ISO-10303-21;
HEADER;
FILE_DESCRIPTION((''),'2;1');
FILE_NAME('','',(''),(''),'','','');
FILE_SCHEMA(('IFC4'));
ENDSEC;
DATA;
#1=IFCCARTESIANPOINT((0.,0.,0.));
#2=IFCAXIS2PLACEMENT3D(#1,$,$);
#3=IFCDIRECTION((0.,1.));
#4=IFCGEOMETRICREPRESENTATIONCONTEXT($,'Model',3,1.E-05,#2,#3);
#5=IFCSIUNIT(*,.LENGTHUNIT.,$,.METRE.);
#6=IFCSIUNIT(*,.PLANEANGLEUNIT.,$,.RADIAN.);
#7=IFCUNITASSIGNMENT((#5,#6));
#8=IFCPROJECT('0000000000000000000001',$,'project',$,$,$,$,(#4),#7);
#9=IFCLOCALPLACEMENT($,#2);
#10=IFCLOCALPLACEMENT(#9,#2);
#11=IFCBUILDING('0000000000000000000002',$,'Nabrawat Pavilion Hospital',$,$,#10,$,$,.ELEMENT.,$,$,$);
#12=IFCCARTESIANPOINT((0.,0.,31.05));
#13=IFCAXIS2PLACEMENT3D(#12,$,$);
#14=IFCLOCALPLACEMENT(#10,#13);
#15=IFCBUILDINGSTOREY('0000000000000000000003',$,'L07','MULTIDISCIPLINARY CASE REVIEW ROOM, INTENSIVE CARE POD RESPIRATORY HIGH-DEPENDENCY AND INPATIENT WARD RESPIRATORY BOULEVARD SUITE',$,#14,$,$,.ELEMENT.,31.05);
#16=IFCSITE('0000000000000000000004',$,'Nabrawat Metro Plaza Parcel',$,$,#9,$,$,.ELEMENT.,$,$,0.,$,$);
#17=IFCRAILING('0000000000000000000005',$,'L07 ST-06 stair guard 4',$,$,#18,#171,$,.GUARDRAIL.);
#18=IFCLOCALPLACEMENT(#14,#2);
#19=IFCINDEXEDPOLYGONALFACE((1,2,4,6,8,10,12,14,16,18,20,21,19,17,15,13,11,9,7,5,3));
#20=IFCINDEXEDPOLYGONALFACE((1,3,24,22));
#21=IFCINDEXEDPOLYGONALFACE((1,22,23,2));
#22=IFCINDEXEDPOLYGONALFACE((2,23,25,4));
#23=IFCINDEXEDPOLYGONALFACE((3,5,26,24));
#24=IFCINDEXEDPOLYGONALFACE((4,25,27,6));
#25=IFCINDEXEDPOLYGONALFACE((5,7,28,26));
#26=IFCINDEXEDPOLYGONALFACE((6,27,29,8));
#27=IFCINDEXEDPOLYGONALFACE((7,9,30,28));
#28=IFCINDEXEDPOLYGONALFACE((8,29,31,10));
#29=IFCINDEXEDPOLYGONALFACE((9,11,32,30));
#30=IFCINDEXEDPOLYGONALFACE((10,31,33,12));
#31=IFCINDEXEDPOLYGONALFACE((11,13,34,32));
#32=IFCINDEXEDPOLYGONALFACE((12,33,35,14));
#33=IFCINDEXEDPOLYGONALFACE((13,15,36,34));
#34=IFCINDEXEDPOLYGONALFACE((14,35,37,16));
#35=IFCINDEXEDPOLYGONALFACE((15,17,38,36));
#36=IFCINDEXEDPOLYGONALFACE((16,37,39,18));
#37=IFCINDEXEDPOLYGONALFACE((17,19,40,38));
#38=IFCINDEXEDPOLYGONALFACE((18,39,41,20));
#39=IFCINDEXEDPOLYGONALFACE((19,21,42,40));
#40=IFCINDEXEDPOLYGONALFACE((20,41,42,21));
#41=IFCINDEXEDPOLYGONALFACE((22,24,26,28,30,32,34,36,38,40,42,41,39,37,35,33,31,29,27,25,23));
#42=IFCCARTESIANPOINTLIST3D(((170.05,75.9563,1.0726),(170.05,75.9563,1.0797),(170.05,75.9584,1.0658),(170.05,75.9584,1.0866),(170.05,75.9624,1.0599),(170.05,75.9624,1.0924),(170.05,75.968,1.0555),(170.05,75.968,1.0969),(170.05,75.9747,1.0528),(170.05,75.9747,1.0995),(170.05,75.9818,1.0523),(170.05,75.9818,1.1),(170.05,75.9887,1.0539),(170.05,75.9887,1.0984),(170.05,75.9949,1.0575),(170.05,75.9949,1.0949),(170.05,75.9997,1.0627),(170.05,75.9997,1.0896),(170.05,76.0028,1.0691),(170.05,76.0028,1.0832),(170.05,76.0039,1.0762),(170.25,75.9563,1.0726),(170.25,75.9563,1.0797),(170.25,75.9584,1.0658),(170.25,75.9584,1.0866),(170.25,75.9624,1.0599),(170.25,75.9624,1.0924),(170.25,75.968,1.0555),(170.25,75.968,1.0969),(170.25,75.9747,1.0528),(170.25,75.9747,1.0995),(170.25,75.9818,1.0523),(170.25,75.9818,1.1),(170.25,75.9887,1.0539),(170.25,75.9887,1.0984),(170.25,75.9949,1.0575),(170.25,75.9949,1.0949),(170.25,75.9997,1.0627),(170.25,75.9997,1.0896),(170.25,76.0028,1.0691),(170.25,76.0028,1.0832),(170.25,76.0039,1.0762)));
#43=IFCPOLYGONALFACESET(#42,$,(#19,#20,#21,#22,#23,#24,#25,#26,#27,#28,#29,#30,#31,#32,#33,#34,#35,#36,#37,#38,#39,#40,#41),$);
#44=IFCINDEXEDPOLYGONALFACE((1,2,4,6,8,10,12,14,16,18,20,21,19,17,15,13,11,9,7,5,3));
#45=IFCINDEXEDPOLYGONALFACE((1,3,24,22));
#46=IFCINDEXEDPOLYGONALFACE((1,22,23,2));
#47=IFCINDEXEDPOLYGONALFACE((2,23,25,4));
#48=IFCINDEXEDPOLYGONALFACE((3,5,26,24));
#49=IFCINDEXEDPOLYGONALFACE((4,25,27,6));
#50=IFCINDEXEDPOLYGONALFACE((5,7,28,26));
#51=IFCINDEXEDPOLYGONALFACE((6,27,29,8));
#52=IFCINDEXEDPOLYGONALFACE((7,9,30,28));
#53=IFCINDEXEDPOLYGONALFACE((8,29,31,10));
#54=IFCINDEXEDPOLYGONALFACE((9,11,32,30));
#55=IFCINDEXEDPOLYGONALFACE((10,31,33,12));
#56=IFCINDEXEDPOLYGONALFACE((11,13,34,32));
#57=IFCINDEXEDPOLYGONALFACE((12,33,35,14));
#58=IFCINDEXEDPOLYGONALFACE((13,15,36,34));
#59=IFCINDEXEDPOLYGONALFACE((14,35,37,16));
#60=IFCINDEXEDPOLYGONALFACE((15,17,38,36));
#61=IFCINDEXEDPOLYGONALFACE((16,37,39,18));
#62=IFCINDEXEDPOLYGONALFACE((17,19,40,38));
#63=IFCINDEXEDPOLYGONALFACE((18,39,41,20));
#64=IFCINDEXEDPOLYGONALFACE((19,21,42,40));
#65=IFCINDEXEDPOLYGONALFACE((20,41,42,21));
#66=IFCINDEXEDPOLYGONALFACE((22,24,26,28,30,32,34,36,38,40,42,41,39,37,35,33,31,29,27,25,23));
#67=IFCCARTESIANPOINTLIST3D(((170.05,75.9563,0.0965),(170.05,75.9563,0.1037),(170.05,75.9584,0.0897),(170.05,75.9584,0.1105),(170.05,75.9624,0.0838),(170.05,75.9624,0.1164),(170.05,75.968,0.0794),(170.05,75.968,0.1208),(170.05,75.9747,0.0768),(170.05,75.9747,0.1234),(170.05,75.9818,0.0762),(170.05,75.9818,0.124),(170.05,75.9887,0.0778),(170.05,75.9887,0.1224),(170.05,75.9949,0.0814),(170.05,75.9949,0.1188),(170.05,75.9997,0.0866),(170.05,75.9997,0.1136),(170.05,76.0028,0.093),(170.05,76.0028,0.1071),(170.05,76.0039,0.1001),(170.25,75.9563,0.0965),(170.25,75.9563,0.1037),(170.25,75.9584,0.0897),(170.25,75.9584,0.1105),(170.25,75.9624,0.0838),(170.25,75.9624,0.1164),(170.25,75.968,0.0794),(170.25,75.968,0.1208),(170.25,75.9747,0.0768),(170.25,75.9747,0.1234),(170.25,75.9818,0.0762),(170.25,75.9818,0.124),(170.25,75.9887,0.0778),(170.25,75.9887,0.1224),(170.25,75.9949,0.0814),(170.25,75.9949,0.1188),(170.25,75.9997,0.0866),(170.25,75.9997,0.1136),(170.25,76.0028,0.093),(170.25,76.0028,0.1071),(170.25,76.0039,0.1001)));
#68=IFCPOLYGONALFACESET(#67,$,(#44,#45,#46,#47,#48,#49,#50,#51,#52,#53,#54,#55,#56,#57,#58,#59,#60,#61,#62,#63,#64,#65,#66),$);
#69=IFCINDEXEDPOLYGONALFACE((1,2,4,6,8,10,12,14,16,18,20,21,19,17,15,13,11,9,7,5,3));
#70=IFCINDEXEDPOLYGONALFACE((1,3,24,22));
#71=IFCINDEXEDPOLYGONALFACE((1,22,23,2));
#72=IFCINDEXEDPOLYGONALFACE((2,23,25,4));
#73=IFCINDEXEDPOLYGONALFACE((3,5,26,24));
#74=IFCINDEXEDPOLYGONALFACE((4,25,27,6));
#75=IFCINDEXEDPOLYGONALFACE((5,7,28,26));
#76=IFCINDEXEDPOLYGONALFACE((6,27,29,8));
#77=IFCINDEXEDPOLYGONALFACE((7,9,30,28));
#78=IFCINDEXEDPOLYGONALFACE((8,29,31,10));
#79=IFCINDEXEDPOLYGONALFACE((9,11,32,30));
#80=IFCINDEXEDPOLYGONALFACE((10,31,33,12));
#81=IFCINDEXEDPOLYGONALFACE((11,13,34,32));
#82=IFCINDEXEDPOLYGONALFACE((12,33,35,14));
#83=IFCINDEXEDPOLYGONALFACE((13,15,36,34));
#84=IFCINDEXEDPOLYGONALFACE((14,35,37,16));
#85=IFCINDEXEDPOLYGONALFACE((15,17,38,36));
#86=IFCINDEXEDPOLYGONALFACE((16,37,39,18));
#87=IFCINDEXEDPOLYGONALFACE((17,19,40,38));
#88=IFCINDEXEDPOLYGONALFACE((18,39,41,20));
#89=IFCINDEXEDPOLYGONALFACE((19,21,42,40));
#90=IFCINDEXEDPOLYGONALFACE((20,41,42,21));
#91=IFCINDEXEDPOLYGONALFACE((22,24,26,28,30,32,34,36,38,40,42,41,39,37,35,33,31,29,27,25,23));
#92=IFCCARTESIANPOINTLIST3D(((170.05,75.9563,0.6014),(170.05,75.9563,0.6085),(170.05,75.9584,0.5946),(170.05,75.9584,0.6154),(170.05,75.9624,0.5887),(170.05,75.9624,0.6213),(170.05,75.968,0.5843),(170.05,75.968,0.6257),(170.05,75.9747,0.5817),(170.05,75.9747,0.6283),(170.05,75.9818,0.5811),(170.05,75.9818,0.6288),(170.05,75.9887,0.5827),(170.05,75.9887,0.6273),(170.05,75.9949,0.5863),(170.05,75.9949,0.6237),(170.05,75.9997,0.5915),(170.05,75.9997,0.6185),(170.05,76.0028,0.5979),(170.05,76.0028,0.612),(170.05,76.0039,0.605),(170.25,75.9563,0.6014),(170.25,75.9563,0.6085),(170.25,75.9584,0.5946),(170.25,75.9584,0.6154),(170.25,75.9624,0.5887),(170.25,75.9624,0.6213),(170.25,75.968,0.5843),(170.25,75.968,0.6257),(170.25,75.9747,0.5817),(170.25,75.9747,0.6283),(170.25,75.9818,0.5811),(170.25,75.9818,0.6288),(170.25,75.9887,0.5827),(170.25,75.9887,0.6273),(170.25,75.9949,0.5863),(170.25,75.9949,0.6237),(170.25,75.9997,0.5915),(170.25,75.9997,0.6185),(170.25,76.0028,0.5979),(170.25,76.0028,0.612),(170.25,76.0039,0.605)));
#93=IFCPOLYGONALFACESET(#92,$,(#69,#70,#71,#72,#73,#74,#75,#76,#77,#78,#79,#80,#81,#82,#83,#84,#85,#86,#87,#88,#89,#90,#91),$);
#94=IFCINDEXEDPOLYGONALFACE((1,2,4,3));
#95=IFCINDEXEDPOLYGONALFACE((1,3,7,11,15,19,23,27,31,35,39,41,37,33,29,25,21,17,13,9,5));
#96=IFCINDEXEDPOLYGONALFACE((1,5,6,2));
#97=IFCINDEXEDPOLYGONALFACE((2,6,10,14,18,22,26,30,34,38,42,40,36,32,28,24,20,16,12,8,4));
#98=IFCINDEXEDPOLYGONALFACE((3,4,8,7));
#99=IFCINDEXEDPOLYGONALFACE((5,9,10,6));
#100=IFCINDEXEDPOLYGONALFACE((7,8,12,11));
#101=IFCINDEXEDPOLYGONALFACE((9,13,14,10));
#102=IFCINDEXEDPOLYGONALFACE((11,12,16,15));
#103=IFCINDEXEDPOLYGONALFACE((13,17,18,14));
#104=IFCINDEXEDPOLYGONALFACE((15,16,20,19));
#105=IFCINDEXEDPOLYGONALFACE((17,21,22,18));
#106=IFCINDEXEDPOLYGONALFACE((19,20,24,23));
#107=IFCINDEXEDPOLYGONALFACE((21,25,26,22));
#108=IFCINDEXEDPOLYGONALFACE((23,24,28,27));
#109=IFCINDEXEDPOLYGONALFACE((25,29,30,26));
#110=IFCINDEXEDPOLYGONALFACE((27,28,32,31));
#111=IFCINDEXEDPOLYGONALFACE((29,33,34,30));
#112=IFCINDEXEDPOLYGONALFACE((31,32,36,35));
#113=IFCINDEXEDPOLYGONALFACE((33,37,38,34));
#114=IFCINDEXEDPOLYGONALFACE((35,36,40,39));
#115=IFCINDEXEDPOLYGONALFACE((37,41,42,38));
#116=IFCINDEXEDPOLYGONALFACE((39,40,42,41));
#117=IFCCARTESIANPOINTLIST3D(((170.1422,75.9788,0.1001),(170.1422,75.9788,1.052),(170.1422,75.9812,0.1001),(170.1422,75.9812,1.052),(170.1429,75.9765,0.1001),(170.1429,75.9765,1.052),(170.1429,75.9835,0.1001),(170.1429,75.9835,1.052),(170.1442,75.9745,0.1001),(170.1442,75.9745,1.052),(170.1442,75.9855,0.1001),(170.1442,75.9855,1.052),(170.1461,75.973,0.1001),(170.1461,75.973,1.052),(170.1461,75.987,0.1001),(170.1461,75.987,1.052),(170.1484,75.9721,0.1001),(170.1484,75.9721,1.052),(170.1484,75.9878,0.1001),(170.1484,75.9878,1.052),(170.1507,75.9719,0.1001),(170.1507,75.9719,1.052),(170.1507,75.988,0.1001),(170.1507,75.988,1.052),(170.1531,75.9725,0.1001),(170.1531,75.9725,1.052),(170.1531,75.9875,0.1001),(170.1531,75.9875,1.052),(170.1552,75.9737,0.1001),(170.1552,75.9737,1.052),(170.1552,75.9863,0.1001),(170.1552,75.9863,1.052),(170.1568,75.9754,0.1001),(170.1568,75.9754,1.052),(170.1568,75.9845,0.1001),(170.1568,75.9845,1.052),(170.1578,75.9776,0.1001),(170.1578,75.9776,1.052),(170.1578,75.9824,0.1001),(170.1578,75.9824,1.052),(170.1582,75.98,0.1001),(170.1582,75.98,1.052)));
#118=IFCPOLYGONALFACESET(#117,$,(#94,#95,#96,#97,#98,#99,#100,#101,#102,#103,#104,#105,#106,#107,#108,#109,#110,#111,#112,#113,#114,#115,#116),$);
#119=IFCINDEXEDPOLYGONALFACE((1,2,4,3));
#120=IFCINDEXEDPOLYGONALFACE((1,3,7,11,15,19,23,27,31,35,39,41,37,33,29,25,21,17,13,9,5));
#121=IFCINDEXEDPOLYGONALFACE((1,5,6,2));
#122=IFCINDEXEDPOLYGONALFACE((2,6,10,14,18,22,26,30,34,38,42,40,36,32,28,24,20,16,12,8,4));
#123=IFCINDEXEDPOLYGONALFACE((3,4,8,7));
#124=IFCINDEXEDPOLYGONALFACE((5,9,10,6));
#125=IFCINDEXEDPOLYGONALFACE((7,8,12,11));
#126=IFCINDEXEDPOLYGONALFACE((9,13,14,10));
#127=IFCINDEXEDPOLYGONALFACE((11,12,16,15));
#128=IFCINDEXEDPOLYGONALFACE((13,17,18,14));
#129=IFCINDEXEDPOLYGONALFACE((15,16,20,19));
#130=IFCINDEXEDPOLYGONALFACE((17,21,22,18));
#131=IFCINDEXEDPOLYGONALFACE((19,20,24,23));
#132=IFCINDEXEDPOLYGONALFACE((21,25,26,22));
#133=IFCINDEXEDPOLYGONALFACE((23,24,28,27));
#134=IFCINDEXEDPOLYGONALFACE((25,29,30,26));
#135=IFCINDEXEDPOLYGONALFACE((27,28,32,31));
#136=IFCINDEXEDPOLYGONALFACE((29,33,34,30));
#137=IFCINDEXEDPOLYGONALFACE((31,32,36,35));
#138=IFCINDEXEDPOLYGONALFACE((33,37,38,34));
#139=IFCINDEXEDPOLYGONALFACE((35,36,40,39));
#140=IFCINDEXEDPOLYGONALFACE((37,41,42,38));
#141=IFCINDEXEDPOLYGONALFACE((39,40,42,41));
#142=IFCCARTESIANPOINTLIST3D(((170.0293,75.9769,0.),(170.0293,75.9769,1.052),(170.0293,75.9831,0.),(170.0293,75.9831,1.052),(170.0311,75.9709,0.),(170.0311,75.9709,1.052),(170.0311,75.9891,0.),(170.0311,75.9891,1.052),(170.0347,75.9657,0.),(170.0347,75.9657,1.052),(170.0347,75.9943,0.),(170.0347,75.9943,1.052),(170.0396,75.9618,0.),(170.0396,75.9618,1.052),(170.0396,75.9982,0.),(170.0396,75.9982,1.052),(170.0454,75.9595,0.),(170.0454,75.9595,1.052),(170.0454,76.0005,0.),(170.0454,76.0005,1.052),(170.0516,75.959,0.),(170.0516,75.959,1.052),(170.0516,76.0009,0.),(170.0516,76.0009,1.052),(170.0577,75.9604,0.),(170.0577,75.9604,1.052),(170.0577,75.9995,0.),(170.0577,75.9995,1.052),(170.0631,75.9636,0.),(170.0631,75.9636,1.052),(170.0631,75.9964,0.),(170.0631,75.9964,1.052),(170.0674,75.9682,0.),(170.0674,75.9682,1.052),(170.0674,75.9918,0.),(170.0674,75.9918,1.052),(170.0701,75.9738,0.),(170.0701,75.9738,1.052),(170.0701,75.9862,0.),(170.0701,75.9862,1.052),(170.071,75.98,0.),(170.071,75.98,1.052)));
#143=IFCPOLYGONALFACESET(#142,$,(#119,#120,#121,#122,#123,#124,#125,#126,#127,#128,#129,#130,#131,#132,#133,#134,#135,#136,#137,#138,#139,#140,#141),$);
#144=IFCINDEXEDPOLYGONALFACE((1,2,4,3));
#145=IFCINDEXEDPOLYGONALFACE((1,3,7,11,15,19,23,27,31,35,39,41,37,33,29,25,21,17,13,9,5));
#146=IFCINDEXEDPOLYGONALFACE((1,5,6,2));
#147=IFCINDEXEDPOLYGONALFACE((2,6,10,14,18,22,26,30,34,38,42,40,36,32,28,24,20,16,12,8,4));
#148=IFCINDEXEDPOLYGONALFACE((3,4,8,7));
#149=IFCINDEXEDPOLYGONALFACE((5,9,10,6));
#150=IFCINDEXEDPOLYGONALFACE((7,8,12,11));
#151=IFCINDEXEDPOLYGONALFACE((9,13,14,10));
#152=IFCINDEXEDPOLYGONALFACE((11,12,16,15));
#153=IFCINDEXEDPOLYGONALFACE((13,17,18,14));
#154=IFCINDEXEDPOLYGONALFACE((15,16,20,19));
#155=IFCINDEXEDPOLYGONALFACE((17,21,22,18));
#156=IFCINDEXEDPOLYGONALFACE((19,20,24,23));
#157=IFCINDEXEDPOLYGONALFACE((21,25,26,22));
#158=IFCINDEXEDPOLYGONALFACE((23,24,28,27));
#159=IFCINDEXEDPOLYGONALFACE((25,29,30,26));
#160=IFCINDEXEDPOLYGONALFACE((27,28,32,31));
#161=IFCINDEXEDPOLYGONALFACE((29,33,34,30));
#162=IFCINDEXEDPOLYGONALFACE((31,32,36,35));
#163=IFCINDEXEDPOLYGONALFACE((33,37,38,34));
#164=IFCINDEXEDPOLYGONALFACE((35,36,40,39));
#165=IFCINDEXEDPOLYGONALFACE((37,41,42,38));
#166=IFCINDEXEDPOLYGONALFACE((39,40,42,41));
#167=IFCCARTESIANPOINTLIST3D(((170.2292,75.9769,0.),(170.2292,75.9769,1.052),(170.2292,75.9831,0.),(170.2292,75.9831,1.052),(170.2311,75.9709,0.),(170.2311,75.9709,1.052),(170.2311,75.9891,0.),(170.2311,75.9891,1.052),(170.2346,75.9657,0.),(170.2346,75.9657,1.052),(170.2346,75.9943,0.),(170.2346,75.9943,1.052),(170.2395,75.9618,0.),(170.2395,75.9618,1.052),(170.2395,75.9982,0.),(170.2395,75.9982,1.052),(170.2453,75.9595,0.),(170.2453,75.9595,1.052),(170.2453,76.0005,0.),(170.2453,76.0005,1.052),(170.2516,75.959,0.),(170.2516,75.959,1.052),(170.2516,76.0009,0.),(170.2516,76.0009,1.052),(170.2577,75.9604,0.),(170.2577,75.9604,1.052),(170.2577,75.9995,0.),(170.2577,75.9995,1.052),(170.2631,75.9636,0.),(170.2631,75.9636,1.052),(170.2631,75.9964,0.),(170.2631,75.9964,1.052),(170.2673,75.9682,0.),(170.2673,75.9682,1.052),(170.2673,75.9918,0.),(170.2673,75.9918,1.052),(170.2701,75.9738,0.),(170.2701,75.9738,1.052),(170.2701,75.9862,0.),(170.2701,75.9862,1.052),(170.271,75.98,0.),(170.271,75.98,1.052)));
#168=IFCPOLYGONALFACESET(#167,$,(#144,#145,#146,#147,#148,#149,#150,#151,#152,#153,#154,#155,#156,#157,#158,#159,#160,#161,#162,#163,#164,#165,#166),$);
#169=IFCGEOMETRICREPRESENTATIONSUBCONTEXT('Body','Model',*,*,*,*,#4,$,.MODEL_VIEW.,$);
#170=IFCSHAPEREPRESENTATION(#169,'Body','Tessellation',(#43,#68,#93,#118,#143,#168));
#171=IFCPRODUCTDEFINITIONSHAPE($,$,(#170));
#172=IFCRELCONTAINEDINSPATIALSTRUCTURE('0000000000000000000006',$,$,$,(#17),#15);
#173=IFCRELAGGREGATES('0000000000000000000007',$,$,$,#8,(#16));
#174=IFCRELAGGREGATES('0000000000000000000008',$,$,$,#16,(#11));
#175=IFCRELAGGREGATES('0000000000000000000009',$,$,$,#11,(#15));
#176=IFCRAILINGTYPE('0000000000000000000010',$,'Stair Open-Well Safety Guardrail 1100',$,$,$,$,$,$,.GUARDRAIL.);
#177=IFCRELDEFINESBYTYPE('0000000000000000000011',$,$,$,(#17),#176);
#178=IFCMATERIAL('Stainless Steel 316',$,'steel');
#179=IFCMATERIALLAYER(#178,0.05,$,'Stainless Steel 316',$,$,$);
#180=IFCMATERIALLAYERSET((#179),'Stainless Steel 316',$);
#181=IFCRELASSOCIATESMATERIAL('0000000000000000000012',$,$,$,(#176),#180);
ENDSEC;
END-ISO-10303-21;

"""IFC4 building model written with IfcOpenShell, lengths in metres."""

from ifc_helpers import new_model, si_unit, direction, frame, origin, origin_2d, place, context, subcontext, project, spatial, circle, extrude, material, layer, layer_set, type_object, element, save


model = new_model("IFC4")

# Units and contexts
model_context = context("Model", 3, precision=1e-05, world=origin(), true_north=direction((0.0, 1.0)))
body_context = subcontext(model_context, "Body", "Model", "MODEL_VIEW")
ifc_project = project(units=[si_unit("LENGTHUNIT", "METRE"), si_unit("PLANEANGLEUNIT", "RADIAN")], contexts=[model_context])

# Site, building, storey
site_placement = place(None, origin())
site = spatial("IfcSite", under=ifc_project, at=site_placement, Name="Nabrawat Metro Plaza Parcel", CompositionType="ELEMENT", RefElevation=0.0)
building_placement = place(site_placement, origin())
building = spatial("IfcBuilding", under=site, at=building_placement, Name="Nabrawat Pavilion Hospital", CompositionType="ELEMENT")
storey_placement = place(building_placement, frame((0.0, 0.0, 31.05)))
storey = spatial("IfcBuildingStorey", under=building, at=storey_placement, Name="L07", Description="MULTIDISCIPLINARY CASE REVIEW ROOM, INTENSIVE CARE POD RESPIRATORY HIGH-DEPENDENCY AND INPATIENT WARD RESPIRATORY BOULEVARD SUITE", CompositionType="ELEMENT", Elevation=31.05)

# Railing
ifc_material_1 = material(Name="Stainless Steel 316", Category="steel")
ifc_layer_1 = layer(ifc_material_1, 0.05, Name="Stainless Steel 316")
ifc_layer_set_1 = layer_set([ifc_layer_1], Name="Stainless Steel 316")
railing_type_1 = type_object("IfcRailingType", Name="Stair Open-Well Safety Guardrail 1100", PredefinedType="GUARDRAIL", material=ifc_layer_set_1)
railing_1_placement = place(storey_placement, frame((170.05, 75.98, 0.0)))
element("IfcRailing", 1, at=railing_1_placement, inside=storey, type_object=railing_type_1, Name="L07 ST-06 stair guard 4", PredefinedType="GUARDRAIL", context=body_context, shape_type="SweptSolid", body=[
    extrude(circle(Radius=0.0239, at=origin_2d()), frame((0.0, 0.0, 1.0762), z_axis=(1.0, 0.0, 0.0), x_axis=(0.0, 1.0, 0.0)), (0.0, 0.0, 1.0), 0.2),
    extrude(circle(Radius=0.0239, at=origin_2d()), frame((0.0, 0.0, 0.1001), z_axis=(1.0, 0.0, 0.0), x_axis=(0.0, 1.0, 0.0)), (0.0, 0.0, 1.0), 0.2),
    extrude(circle(Radius=0.0239, at=origin_2d()), frame((0.0, 0.0, 0.605), z_axis=(1.0, 0.0, 0.0), x_axis=(0.0, 1.0, 0.0)), (0.0, 0.0, 1.0), 0.2),
    extrude(circle(Radius=0.0081, at=origin_2d()), frame((0.1001, 0.0, 0.1001)), (0.0, 0.0, 1.0), 0.9519),
    extrude(circle(Radius=0.021, at=origin_2d()), origin(), (0.0, 0.0, 1.0), 1.052),
    extrude(circle(Radius=0.021, at=origin_2d()), frame((0.2, 0.0, 0.0)), (0.0, 0.0, 1.0), 1.052),
])

save(model, "model.ifc")
